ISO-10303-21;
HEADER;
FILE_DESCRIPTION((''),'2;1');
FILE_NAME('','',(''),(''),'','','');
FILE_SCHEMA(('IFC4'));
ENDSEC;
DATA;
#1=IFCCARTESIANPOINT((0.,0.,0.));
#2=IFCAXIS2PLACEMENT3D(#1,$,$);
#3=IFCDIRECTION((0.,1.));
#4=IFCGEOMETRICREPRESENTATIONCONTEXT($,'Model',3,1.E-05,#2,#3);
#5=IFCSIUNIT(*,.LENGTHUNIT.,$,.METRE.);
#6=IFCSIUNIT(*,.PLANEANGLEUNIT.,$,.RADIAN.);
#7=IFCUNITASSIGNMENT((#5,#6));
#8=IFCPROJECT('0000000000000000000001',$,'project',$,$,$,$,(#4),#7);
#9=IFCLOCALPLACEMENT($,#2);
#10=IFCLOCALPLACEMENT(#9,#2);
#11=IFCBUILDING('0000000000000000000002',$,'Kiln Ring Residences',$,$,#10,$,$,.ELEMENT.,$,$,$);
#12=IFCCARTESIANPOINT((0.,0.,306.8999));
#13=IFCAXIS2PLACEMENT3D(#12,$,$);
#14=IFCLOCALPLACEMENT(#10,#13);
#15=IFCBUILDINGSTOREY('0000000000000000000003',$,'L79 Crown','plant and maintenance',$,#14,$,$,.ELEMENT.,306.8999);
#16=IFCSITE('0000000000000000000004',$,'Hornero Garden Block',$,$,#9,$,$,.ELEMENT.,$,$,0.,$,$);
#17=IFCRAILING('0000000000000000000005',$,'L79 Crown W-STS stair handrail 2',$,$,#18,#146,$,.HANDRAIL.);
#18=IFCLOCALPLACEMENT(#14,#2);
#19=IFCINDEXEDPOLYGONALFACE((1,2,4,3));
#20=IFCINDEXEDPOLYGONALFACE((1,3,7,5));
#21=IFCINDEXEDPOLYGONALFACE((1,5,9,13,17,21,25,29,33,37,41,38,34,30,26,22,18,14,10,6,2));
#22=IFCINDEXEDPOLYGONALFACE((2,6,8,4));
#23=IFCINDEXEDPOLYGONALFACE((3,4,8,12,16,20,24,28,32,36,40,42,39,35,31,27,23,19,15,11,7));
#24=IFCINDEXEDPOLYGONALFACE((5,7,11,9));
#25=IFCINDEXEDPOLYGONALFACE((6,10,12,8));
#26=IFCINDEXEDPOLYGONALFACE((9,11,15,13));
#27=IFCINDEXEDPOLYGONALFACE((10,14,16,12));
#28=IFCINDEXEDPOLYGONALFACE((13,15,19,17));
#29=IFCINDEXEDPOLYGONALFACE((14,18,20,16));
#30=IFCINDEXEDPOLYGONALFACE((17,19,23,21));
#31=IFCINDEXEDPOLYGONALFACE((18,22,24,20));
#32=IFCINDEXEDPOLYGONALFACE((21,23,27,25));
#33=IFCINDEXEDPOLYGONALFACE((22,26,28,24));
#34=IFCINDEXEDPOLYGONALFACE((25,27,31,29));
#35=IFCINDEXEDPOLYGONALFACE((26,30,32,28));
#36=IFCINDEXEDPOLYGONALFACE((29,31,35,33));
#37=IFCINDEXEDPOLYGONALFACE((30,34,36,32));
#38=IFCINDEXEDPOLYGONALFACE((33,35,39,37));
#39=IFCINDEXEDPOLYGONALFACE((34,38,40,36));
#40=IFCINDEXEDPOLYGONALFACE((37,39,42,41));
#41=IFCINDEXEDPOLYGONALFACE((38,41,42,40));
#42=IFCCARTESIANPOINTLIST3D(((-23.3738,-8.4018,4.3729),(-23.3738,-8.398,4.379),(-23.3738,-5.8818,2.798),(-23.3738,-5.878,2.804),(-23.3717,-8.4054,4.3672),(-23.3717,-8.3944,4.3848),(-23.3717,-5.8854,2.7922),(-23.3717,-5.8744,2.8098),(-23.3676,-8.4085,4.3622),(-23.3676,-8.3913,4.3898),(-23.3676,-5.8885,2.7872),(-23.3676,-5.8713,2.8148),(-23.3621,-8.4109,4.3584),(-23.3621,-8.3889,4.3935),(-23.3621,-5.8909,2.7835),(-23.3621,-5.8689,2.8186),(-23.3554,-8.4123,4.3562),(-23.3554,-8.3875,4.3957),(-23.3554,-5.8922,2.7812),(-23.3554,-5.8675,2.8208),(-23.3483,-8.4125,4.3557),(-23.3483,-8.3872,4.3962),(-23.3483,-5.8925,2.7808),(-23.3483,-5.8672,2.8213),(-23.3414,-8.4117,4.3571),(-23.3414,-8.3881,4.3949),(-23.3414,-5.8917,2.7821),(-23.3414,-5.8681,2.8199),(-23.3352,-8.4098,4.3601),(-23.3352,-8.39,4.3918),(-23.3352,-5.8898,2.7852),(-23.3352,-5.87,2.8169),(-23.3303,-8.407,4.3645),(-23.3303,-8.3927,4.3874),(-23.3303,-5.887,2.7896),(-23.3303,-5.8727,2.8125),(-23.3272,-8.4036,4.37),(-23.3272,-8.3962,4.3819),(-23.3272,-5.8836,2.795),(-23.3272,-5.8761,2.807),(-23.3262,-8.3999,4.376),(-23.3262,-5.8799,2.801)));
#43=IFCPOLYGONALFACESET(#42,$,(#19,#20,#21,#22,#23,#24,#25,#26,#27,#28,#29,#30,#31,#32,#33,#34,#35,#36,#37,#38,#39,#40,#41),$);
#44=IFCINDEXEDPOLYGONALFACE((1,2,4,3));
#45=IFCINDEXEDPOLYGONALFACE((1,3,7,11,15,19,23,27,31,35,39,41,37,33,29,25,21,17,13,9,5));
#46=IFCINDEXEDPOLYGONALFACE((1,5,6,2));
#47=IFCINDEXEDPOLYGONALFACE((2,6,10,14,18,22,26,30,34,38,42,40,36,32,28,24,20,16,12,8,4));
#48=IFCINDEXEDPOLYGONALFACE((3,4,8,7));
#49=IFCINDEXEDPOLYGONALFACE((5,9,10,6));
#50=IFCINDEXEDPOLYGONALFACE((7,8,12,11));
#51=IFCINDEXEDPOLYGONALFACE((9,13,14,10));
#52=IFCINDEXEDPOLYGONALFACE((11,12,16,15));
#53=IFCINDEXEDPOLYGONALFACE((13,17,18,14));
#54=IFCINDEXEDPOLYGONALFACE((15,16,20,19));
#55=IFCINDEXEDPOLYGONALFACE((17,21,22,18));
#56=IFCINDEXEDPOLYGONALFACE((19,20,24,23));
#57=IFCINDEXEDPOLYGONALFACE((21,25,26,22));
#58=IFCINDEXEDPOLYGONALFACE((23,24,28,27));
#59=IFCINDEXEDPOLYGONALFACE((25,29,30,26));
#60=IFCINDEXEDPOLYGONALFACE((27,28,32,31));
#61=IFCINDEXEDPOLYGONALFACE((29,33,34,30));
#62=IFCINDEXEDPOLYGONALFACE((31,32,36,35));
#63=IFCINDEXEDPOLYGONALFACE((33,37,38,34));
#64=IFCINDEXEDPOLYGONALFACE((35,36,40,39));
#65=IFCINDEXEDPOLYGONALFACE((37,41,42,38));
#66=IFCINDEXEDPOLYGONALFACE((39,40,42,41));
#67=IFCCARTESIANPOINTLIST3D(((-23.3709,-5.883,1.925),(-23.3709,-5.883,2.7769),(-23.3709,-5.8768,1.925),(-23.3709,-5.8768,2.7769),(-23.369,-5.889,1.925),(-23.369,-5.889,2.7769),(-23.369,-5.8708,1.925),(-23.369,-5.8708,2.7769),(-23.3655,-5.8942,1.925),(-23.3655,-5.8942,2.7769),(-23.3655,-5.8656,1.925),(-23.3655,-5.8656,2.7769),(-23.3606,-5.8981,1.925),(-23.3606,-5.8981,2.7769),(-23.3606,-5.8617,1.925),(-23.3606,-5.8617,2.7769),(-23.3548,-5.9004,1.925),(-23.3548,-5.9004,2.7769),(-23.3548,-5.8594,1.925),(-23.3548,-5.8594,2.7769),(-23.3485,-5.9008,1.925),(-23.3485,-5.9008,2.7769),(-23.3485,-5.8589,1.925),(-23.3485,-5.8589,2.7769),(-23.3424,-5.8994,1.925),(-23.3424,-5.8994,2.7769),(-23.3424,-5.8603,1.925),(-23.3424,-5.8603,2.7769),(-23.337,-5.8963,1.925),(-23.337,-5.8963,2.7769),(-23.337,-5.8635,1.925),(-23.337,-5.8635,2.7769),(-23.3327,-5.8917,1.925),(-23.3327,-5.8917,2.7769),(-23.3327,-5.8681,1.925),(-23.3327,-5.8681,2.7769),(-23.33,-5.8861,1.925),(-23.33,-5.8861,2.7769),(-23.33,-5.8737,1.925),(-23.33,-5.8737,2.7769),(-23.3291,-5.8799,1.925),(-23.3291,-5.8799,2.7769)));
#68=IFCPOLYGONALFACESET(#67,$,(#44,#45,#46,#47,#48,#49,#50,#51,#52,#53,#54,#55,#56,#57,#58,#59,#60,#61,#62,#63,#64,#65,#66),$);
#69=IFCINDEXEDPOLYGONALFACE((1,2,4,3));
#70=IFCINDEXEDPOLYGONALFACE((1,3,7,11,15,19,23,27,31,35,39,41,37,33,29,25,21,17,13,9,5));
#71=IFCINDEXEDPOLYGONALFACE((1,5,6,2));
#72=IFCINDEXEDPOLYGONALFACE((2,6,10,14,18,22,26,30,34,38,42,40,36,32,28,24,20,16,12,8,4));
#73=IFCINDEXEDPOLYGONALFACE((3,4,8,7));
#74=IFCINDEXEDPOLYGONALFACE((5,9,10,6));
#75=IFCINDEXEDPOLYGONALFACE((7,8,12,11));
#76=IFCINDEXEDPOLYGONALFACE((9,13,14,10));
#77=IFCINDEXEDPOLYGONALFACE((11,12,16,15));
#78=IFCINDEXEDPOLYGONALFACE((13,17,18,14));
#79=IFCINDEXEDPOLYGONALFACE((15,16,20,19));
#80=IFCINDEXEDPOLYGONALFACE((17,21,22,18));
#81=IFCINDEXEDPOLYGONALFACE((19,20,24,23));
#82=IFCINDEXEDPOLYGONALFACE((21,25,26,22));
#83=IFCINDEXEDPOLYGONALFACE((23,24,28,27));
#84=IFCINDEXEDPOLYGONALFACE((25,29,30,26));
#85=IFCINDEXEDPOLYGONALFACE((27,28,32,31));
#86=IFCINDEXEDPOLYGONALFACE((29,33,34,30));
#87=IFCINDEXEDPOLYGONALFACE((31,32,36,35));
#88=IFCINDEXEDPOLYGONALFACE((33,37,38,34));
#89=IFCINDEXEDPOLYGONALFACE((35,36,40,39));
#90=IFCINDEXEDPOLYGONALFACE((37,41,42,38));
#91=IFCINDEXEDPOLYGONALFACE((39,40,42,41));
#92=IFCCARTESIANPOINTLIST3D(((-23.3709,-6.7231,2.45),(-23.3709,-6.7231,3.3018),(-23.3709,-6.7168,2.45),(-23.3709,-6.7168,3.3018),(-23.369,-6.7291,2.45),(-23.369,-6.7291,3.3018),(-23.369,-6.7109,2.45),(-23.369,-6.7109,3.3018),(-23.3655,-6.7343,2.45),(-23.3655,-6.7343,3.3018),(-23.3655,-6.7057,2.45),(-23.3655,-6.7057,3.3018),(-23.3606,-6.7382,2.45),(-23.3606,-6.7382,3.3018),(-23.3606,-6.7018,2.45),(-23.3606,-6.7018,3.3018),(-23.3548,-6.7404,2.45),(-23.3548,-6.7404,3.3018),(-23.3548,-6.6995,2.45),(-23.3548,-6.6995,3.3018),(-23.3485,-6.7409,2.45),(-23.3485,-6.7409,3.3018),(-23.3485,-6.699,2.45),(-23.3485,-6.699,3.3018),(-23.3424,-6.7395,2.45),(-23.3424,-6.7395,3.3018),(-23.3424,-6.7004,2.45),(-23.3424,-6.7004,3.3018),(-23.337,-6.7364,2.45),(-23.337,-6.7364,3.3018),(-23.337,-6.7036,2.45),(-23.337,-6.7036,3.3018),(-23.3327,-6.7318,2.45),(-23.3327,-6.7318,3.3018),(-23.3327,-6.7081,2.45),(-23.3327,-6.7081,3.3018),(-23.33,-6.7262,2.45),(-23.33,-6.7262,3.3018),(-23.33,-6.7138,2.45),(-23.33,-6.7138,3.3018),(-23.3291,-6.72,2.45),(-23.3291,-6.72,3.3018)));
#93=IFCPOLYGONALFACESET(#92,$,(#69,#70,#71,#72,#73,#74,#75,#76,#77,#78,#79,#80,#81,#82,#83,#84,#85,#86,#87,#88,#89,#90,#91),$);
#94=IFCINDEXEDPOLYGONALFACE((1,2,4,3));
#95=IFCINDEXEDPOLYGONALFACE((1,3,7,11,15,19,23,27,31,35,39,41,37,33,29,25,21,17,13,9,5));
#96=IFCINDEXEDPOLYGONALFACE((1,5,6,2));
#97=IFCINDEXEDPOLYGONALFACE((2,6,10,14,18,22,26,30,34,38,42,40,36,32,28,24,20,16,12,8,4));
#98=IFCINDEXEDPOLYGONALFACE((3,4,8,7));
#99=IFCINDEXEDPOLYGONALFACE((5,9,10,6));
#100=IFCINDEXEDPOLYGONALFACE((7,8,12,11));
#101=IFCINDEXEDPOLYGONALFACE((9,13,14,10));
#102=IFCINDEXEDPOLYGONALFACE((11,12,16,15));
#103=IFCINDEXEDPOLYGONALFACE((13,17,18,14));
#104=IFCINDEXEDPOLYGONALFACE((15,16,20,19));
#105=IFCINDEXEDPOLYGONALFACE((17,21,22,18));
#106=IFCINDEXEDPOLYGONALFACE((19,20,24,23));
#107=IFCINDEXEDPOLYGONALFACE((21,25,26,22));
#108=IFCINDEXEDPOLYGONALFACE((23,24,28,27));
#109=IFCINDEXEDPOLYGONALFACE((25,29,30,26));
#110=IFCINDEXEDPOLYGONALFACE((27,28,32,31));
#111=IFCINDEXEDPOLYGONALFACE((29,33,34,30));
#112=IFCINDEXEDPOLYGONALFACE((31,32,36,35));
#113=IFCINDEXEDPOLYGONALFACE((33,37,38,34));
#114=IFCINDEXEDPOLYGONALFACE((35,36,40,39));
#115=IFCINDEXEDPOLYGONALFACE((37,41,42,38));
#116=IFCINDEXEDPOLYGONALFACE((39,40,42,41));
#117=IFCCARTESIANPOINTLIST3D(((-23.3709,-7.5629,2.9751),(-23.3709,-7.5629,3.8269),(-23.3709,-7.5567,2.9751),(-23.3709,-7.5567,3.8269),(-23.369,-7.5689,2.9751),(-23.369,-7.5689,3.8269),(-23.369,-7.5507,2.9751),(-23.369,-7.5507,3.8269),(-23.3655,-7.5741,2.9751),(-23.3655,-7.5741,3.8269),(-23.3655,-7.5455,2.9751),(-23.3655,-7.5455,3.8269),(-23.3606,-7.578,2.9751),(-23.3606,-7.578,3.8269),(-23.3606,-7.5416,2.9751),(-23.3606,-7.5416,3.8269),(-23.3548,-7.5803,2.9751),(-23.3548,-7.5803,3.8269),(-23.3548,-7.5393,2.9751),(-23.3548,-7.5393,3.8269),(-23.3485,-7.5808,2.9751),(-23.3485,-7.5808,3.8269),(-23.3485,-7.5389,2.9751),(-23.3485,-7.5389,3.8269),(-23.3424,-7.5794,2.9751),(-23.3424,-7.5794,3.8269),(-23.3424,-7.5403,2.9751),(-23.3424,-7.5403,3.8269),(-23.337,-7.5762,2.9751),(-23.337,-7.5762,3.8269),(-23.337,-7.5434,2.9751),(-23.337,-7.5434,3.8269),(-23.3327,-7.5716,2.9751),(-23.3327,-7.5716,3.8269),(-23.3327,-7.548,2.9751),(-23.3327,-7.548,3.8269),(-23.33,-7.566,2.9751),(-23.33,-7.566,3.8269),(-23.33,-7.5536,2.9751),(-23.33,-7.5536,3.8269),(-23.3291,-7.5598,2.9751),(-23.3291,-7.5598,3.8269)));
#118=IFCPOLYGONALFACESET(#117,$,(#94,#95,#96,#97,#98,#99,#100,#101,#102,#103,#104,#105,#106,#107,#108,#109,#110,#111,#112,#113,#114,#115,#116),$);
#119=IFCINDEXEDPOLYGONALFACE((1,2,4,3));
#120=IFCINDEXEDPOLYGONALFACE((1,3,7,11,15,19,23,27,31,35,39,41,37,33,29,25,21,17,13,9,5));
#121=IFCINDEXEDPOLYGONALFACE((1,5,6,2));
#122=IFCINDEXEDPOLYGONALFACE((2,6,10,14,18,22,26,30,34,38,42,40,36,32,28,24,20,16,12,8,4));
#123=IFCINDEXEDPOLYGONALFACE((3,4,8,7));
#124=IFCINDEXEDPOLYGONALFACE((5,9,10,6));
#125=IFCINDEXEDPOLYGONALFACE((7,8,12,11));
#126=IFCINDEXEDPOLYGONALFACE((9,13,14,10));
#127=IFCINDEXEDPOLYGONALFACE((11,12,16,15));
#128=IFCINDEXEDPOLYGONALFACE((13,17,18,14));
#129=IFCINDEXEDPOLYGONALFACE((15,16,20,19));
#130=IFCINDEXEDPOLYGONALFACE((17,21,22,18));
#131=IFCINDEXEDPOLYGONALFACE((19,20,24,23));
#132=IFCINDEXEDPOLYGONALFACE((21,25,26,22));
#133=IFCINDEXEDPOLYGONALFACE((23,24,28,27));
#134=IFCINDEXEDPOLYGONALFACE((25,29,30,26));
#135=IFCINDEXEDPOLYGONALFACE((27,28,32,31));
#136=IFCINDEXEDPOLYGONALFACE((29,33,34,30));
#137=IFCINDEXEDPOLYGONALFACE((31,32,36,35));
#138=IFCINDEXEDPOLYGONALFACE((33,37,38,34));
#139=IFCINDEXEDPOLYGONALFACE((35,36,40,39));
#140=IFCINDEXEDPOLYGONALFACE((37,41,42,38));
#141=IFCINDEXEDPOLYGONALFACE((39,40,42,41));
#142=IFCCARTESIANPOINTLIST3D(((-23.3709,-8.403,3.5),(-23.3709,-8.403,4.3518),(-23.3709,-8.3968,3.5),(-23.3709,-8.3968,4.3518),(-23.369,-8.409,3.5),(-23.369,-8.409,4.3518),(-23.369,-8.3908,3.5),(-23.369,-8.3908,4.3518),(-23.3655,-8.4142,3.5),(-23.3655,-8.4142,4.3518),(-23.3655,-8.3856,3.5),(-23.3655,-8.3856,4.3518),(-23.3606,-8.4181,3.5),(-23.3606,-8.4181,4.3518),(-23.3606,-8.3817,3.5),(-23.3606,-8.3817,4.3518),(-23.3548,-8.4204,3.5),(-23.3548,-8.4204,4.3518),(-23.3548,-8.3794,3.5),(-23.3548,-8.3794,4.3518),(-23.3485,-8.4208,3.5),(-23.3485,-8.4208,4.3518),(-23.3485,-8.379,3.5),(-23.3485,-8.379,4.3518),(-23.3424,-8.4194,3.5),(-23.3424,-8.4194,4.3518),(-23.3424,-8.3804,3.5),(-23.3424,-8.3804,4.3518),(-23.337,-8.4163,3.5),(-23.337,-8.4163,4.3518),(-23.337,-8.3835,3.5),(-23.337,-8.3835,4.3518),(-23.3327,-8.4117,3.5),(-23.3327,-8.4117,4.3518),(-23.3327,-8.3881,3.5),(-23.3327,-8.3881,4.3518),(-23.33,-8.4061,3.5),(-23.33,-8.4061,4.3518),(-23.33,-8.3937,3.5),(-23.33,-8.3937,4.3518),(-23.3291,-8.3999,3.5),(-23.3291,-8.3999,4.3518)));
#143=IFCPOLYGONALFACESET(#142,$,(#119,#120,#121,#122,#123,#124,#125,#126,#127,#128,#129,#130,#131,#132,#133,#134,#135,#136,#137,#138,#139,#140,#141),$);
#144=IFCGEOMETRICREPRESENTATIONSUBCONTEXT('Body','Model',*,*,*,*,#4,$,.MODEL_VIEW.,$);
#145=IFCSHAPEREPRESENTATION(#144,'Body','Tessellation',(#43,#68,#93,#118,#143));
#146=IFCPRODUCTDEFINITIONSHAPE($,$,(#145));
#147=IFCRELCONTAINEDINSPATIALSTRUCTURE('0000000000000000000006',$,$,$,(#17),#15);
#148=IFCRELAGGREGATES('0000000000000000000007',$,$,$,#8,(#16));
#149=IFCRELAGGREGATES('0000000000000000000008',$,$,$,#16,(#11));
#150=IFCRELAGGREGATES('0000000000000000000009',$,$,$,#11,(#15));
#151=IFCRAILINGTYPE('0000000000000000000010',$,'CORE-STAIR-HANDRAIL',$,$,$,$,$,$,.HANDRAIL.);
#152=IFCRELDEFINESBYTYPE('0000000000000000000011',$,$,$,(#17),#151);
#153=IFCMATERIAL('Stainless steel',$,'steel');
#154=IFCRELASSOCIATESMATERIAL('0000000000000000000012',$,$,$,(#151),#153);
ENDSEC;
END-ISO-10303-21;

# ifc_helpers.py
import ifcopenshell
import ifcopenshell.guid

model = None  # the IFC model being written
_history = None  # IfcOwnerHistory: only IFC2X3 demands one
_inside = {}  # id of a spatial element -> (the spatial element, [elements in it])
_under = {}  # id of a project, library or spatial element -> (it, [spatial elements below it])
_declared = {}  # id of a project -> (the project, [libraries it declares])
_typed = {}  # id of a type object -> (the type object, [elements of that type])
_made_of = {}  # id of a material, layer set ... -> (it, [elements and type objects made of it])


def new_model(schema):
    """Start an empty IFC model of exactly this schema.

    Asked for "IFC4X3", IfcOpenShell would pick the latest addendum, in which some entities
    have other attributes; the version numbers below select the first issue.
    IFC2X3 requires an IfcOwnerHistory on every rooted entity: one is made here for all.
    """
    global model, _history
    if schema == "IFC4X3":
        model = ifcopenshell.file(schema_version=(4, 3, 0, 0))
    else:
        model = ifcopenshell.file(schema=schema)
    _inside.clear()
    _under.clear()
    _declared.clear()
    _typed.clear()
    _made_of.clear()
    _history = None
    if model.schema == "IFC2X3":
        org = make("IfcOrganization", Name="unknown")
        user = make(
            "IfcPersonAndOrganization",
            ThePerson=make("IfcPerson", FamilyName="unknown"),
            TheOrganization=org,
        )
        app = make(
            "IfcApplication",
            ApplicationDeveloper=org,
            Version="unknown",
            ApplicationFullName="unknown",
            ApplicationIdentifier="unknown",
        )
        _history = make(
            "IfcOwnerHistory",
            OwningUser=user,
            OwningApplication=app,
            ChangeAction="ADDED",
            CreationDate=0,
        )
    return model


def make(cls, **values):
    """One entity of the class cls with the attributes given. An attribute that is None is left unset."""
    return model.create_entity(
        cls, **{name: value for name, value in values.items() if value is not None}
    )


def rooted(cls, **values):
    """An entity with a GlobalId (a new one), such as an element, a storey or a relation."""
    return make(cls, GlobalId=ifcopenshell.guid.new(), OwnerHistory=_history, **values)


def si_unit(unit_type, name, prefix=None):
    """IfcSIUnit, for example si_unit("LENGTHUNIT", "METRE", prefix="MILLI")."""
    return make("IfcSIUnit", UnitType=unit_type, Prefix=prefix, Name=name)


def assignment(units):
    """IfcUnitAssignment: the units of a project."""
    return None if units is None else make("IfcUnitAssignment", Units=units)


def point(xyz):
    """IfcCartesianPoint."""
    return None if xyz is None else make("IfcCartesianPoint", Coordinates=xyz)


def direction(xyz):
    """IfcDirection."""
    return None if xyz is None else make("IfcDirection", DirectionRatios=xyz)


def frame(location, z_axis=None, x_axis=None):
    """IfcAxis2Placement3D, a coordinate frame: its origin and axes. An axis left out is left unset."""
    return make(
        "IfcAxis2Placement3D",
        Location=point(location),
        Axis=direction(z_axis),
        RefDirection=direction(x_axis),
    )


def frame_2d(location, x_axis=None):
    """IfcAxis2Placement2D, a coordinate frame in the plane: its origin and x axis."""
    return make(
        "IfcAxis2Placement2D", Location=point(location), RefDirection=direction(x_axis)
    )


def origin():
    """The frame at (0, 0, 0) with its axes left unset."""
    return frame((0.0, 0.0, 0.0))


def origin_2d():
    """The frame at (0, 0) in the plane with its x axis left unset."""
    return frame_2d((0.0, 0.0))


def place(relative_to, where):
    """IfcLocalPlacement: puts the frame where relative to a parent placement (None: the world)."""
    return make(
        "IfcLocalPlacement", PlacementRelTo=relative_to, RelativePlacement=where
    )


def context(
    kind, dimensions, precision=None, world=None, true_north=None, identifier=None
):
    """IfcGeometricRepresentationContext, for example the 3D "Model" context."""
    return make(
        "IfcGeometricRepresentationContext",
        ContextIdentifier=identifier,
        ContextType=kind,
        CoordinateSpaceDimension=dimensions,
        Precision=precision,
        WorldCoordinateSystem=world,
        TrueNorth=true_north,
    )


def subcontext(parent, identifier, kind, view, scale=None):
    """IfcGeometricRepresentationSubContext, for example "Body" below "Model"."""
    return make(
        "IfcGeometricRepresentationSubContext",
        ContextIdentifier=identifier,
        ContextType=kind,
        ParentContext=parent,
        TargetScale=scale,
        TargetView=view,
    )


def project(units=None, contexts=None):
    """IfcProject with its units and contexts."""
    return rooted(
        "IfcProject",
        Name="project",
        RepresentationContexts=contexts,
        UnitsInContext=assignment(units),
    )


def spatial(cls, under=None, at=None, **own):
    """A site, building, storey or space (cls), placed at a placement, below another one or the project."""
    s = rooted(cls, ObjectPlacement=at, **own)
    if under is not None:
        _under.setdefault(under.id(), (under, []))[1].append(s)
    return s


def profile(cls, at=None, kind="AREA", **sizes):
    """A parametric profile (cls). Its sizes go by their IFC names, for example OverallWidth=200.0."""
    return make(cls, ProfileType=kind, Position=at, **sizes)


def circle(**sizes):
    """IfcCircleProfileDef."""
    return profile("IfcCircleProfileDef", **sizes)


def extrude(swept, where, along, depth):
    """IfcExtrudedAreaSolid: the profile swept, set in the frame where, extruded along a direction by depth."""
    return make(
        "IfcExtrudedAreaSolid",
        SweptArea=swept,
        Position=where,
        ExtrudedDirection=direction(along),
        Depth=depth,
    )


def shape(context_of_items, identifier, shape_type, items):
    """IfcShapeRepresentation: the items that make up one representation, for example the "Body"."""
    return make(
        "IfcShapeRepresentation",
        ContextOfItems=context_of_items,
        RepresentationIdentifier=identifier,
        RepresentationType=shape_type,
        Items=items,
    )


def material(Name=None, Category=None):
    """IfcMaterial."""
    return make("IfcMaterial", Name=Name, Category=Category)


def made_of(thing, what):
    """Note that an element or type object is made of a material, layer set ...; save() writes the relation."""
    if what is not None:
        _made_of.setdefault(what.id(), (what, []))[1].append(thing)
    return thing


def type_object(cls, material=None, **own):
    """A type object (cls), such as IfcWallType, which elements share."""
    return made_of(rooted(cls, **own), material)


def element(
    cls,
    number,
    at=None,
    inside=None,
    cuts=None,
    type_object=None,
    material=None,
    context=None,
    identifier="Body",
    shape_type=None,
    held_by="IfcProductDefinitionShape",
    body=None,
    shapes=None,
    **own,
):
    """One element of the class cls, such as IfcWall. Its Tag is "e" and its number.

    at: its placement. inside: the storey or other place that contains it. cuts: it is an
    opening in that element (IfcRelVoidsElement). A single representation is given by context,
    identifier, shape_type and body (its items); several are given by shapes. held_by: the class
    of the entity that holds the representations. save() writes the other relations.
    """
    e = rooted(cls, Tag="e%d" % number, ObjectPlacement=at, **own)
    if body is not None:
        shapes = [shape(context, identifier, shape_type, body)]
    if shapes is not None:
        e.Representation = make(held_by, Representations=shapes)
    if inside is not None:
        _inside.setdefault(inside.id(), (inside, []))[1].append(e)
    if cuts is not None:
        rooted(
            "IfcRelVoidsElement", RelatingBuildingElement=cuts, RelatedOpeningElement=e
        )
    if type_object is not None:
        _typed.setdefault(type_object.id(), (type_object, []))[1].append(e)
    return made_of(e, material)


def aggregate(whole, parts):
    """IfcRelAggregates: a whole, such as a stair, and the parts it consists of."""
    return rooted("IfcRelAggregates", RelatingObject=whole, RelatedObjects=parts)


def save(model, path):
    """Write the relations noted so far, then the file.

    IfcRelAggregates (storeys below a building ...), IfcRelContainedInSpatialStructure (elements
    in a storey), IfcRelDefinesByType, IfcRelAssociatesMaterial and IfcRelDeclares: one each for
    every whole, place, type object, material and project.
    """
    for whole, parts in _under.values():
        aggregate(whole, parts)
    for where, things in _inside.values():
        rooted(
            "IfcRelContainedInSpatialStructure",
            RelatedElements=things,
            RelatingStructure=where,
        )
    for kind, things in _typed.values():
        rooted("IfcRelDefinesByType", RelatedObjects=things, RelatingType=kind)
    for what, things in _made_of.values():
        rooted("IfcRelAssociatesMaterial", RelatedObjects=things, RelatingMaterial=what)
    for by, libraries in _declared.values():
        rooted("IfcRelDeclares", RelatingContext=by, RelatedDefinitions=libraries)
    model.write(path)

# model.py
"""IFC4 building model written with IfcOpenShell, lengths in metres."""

from ifc_helpers import new_model, si_unit, direction, frame, origin, origin_2d, place, context, subcontext, project, spatial, circle, extrude, material, type_object, element, save


model = new_model("IFC4")

# Units and contexts
model_context = context("Model", 3, precision=1e-05, world=origin(), true_north=direction((0.0, 1.0)))
body_context = subcontext(model_context, "Body", "Model", "MODEL_VIEW")
ifc_project = project(units=[si_unit("LENGTHUNIT", "METRE"), si_unit("PLANEANGLEUNIT", "RADIAN")], contexts=[model_context])

# Site, building, storey
site_placement = place(None, origin())
site = spatial("IfcSite", under=ifc_project, at=site_placement, Name="Hornero Garden Block", CompositionType="ELEMENT", RefElevation=0.0)
building_placement = place(site_placement, origin())
building = spatial("IfcBuilding", under=site, at=building_placement, Name="Kiln Ring Residences", CompositionType="ELEMENT")
storey_placement = place(building_placement, frame((0.0, 0.0, 306.8999)))
storey = spatial("IfcBuildingStorey", under=building, at=storey_placement, Name="L79 Crown", Description="plant and maintenance", CompositionType="ELEMENT", Elevation=306.8999)

# Railing
ifc_material_1 = material(Name="Stainless steel", Category="steel")
railing_type_1 = type_object("IfcRailingType", Name="CORE-STAIR-HANDRAIL", PredefinedType="HANDRAIL", material=ifc_material_1)
railing_1_placement = place(storey_placement, frame((-23.3501, -5.8799, 1.925)))
element("IfcRailing", 1, at=railing_1_placement, inside=storey, type_object=railing_type_1, Name="L79 Crown W-STS stair handrail 2", PredefinedType="HANDRAIL", context=body_context, shape_type="SweptSolid", body=[
    extrude(circle(Radius=0.0239, at=origin_2d()), frame((0.0, 0.0, 0.876), z_axis=(0.0, -0.848008, 0.529984), x_axis=(1.0, 0.0, 0.0)), (0.0, 0.0, 1.0), 2.9717),
    extrude(circle(Radius=0.021, at=origin_2d()), origin(), (0.0, 0.0, 1.0), 0.8518),
    extrude(circle(Radius=0.021, at=origin_2d()), frame((0.0, -0.8401, 0.5249)), (0.0, 0.0, 1.0), 0.8518),
    extrude(circle(Radius=0.021, at=origin_2d()), frame((0.0, -1.6799, 1.05)), (0.0, 0.0, 1.0), 0.8518),
    extrude(circle(Radius=0.021, at=origin_2d()), frame((0.0, -2.52, 1.575)), (0.0, 0.0, 1.0), 0.8518),
])

save(model, "model.ifc")
